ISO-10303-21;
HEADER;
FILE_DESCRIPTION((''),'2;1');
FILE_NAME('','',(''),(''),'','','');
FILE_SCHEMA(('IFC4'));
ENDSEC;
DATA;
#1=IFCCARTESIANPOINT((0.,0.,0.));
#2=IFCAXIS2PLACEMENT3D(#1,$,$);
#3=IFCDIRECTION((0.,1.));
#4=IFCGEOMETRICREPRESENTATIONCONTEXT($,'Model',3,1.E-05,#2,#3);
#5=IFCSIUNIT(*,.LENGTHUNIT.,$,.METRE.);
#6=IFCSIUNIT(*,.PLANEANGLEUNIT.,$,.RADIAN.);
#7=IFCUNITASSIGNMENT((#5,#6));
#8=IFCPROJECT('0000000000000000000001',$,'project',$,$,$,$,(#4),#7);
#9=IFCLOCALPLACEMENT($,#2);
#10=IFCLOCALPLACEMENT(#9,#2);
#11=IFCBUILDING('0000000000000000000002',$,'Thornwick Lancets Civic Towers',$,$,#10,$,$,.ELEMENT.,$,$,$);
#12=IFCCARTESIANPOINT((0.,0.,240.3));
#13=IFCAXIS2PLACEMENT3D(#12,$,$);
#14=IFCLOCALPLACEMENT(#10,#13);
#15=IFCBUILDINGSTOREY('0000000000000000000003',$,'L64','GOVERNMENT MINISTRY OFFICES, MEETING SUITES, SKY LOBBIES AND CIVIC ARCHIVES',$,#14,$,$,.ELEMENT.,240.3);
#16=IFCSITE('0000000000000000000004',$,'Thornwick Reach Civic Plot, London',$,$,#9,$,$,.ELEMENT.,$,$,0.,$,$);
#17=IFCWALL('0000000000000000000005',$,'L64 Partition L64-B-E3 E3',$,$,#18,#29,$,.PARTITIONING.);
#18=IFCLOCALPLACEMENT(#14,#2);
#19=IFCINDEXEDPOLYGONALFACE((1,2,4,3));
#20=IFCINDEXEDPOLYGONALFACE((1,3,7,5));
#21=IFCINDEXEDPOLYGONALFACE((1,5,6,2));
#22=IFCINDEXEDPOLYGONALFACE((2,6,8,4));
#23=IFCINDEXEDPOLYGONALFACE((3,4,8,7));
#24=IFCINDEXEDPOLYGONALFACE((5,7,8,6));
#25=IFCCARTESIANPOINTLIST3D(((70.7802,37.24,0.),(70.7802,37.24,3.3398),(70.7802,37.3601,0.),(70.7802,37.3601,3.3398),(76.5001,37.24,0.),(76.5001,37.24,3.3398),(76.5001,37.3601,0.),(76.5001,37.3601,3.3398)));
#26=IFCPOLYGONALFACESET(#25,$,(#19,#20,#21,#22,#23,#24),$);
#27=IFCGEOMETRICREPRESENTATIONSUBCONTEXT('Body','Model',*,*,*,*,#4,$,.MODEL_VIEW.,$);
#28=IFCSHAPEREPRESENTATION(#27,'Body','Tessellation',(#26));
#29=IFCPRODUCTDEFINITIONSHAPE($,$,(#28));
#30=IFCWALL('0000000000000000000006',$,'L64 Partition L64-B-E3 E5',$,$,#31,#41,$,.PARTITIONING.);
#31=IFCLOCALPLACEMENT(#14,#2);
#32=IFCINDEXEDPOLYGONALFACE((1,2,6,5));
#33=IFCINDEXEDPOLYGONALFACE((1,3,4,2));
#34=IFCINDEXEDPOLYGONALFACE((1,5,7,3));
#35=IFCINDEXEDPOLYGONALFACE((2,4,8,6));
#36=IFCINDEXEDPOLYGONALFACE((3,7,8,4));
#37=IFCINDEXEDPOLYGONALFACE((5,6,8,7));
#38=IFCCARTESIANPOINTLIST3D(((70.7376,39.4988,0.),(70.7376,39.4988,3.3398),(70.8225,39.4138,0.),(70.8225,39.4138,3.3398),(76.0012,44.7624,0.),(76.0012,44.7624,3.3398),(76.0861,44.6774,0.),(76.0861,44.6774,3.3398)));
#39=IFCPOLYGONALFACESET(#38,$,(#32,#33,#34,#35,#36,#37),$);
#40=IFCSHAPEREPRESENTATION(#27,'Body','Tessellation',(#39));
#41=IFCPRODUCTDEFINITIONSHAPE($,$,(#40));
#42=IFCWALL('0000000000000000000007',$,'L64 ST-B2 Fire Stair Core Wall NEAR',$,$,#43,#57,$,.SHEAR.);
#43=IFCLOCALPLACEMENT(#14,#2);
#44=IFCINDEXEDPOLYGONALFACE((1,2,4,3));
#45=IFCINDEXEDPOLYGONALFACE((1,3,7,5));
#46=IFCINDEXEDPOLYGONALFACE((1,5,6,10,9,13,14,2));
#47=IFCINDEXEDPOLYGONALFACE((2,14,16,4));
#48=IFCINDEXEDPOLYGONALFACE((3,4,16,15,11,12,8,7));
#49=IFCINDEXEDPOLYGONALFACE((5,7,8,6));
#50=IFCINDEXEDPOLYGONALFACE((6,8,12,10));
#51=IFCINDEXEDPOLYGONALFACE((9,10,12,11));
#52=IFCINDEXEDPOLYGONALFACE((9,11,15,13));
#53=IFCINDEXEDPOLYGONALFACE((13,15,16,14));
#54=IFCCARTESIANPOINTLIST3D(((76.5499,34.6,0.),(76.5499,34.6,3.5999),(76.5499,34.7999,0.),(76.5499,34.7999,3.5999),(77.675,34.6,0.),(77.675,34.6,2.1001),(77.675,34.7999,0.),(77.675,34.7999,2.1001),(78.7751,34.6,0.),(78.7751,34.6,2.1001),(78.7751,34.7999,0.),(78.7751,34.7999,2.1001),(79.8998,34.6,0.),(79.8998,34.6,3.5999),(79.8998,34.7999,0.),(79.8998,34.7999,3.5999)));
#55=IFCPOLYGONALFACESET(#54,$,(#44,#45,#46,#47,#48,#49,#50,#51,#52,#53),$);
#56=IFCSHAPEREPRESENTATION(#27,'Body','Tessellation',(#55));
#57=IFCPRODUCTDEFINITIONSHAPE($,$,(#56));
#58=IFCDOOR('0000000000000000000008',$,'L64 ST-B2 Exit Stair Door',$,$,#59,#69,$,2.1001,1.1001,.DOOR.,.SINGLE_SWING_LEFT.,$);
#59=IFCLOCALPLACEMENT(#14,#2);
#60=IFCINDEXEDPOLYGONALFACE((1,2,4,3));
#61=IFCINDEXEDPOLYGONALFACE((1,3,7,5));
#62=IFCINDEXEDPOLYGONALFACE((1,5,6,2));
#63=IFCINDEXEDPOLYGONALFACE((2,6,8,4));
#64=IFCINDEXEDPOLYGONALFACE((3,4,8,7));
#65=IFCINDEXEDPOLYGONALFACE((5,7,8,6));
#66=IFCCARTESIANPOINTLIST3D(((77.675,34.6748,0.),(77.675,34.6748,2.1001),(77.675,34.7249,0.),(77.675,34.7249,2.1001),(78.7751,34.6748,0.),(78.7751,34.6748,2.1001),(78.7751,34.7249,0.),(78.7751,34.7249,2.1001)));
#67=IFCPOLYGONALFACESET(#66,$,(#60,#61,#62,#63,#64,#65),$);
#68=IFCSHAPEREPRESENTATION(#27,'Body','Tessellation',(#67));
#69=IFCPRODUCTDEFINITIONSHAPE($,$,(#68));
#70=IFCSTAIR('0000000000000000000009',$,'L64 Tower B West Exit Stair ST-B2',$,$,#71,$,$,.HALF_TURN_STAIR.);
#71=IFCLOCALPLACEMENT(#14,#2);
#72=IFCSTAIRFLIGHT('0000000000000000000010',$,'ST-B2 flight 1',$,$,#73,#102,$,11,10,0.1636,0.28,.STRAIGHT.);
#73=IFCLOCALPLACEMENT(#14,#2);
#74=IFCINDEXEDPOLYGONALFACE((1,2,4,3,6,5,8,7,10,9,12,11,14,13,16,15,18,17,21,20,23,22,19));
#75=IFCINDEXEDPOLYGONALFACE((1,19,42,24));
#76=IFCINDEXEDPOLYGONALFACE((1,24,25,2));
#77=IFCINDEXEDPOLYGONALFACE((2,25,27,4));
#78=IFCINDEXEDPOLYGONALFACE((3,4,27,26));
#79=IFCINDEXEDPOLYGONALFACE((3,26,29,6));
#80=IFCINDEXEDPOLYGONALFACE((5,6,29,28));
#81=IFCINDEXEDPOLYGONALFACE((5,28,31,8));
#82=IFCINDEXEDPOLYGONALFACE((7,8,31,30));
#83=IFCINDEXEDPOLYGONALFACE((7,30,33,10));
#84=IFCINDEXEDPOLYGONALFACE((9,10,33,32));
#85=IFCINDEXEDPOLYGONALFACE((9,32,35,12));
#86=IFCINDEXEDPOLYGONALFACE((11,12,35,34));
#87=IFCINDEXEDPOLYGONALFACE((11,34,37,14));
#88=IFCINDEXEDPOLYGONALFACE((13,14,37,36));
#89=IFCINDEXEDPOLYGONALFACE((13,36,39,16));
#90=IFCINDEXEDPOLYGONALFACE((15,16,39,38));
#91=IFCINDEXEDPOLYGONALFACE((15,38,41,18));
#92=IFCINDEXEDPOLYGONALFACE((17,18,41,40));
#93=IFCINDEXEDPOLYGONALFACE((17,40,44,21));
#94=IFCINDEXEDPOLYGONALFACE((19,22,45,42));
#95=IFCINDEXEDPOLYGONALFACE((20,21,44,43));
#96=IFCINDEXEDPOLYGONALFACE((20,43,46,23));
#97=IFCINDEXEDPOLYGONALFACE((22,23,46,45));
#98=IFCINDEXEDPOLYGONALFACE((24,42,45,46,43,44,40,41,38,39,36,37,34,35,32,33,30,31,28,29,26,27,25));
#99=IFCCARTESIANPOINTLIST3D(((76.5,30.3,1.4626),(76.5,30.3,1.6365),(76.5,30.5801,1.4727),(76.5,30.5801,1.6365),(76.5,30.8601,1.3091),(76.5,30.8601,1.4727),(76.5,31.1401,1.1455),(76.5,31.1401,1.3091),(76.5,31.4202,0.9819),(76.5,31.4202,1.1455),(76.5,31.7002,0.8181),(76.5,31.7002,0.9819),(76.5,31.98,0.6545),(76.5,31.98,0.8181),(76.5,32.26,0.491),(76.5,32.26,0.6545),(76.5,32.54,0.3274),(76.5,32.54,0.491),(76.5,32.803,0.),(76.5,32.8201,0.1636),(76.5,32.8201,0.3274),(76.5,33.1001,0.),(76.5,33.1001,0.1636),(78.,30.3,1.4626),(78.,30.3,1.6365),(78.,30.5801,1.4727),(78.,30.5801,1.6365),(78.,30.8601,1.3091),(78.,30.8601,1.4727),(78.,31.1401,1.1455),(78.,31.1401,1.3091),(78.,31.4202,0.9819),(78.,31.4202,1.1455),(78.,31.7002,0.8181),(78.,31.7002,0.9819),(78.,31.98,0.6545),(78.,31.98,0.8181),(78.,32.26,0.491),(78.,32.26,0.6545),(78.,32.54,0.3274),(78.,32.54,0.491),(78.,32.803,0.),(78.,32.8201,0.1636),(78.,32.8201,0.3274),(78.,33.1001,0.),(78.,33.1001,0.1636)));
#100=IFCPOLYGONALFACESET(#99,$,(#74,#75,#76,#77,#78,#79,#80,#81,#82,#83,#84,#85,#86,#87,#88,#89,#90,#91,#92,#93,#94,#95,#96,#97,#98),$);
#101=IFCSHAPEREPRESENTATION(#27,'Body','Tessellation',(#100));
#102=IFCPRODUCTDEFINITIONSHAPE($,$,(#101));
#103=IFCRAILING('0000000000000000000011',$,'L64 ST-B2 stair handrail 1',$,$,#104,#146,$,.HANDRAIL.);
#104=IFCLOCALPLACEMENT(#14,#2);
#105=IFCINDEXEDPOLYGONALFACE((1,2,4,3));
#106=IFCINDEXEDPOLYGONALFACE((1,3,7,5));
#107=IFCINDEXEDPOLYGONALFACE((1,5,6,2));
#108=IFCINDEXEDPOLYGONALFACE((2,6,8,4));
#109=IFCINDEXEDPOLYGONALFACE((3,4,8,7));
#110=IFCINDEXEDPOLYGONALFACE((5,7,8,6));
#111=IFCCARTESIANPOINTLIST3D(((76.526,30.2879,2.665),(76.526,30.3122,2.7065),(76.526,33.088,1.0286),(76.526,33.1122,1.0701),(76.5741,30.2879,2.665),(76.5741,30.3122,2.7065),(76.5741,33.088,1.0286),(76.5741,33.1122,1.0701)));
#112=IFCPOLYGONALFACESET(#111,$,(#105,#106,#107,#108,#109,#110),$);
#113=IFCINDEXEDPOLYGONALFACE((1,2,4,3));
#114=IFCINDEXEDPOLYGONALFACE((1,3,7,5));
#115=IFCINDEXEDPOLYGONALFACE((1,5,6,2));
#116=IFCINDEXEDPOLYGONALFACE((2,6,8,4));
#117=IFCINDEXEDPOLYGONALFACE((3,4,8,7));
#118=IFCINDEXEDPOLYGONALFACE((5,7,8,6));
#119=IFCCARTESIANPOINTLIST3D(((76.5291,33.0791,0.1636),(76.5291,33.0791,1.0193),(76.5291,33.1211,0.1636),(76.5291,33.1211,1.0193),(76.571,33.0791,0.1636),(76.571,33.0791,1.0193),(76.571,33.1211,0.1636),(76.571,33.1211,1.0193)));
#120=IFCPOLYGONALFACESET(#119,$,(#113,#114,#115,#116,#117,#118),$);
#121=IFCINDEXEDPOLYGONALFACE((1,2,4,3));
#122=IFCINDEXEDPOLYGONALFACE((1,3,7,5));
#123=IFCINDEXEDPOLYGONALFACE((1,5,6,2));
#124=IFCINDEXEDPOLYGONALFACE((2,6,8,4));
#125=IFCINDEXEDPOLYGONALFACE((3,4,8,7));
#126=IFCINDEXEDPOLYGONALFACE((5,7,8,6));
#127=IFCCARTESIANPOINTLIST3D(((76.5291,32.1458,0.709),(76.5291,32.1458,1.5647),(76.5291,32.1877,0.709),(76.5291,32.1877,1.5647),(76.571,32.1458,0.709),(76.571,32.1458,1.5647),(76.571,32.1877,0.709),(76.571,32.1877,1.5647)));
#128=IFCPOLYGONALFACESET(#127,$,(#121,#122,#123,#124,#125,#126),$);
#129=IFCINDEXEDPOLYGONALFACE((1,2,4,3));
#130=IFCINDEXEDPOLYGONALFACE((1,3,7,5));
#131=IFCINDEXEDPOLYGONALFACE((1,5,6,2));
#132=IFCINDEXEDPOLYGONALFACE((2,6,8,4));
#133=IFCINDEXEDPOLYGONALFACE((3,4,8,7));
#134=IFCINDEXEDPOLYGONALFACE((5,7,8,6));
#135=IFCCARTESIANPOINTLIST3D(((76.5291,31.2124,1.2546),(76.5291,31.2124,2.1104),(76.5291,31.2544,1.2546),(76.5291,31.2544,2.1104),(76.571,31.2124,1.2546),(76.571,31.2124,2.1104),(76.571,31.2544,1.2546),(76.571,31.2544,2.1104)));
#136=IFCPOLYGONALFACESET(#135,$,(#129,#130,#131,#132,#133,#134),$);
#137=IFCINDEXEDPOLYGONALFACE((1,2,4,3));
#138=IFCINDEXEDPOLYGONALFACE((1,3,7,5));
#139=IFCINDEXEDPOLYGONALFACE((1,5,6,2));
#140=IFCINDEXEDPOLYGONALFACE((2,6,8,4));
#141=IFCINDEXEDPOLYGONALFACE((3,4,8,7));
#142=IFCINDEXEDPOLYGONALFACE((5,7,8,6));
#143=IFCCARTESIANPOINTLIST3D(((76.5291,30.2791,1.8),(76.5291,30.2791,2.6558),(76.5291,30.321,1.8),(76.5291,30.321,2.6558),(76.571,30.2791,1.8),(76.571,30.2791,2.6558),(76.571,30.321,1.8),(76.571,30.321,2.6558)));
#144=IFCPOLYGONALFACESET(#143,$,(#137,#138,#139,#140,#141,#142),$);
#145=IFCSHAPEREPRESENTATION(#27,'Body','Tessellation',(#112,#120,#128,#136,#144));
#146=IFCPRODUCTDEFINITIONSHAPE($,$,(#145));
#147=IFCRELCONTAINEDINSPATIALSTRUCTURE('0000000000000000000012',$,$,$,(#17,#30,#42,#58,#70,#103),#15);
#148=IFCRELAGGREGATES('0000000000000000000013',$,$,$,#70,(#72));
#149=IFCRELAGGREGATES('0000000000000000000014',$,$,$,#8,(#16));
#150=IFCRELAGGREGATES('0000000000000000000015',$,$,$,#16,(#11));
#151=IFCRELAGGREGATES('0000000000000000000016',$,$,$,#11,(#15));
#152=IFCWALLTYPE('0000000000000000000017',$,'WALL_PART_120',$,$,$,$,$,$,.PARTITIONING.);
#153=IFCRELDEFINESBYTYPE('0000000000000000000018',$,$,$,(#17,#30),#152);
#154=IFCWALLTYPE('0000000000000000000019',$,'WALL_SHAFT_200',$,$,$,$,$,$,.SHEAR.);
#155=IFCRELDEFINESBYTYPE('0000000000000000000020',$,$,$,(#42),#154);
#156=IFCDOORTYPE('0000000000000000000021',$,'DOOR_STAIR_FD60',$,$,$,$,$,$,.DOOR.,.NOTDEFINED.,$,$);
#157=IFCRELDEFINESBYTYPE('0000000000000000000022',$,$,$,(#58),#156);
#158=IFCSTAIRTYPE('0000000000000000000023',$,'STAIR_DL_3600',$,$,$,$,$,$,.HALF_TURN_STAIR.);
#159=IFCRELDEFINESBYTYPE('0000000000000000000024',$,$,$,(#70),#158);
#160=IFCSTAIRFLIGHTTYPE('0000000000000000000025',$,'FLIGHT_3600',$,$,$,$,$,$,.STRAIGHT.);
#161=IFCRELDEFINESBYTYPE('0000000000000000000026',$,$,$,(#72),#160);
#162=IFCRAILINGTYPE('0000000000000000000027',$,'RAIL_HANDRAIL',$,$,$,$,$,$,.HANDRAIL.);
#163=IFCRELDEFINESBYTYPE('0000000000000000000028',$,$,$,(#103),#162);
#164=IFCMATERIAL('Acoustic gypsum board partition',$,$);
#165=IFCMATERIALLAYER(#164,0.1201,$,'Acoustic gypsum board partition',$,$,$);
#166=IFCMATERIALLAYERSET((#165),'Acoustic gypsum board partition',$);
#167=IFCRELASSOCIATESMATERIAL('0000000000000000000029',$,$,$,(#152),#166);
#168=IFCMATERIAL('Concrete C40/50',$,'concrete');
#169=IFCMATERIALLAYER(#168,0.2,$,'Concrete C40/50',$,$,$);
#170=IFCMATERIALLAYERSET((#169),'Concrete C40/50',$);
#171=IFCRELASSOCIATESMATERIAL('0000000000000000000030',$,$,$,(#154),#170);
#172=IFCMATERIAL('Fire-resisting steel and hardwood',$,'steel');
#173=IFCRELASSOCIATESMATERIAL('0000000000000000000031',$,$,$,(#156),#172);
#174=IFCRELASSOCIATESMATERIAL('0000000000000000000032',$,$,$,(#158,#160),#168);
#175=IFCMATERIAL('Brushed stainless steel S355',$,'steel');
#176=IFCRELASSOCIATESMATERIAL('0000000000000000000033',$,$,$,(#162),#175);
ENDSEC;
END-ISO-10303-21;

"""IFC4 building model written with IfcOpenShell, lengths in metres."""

from ifc_helpers import new_model, si_unit, direction, frame, frame_2d, origin, origin_2d, place, context, subcontext, project, spatial, polyline, rectangle, outline, extrude, material, layer, layer_set, type_object, element, fill, aggregate, save


model = new_model("IFC4")

# Units and contexts
model_context = context("Model", 3, precision=1e-05, world=origin(), true_north=direction((0.0, 1.0)))
body_context = subcontext(model_context, "Body", "Model", "MODEL_VIEW")
ifc_project = project(units=[si_unit("LENGTHUNIT", "METRE"), si_unit("PLANEANGLEUNIT", "RADIAN")], contexts=[model_context])

# Site, building, storey
site_placement = place(None, origin())
site = spatial("IfcSite", under=ifc_project, at=site_placement, Name="Thornwick Reach Civic Plot, London", CompositionType="ELEMENT", RefElevation=0.0)
building_placement = place(site_placement, origin())
building = spatial("IfcBuilding", under=site, at=building_placement, Name="Thornwick Lancets Civic Towers", CompositionType="ELEMENT")
storey_placement = place(building_placement, frame((0.0, 0.0, 240.3)))
storey = spatial("IfcBuildingStorey", under=building, at=storey_placement, Name="L64", Description="GOVERNMENT MINISTRY OFFICES, MEETING SUITES, SKY LOBBIES AND CIVIC ARCHIVES", CompositionType="ELEMENT", Elevation=240.3)

# Shared definitions
ifc_material_1 = material(Name="Concrete C40/50", Category="concrete")

# Walls
ifc_material_2 = material(Name="Acoustic gypsum board partition")
ifc_layer_1 = layer(ifc_material_2, 0.1201, Name="Acoustic gypsum board partition")
ifc_layer_set_1 = layer_set([ifc_layer_1], Name="Acoustic gypsum board partition")
wall_type_1 = type_object("IfcWallType", Name="WALL_PART_120", PredefinedType="PARTITIONING", material=ifc_layer_set_1)
wall_1_placement = place(storey_placement, frame((76.5, 37.3, 0.0), z_axis=(0.0, 0.0, 1.0), x_axis=(-1.0, 0.0, 0.0)))
element("IfcWall", 1, at=wall_1_placement, inside=storey, type_object=wall_type_1, Name="L64 Partition L64-B-E3 E3", PredefinedType="PARTITIONING", context=body_context, shape_type="SweptSolid", body=[
    extrude(rectangle(XDim=5.72, YDim=0.1201, at=frame_2d((2.8599, 0.0))), origin(), (0.0, 0.0, 1.0), 3.3398),
])
wall_2_placement = place(storey_placement, frame((70.78, 39.4563, 0.0), z_axis=(0.0, 0.0, 1.0), x_axis=(0.707107, 0.707107, 0.0)))
element("IfcWall", 2, at=wall_2_placement, inside=storey, type_object=wall_type_1, Name="L64 Partition L64-B-E3 E5", PredefinedType="PARTITIONING", context=body_context, shape_type="SweptSolid", body=[
    extrude(rectangle(XDim=7.4438, YDim=0.1201, at=frame_2d((3.7219, 0.0))), origin(), (0.0, 0.0, 1.0), 3.3398),
])

# Wall, opening, door
ifc_layer_2 = layer(ifc_material_1, 0.2, Name="Concrete C40/50")
ifc_layer_set_2 = layer_set([ifc_layer_2], Name="Concrete C40/50")
wall_type_2 = type_object("IfcWallType", Name="WALL_SHAFT_200", PredefinedType="SHEAR", material=ifc_layer_set_2)
wall_3_placement = place(storey_placement, frame((76.55, 34.7, 0.0), z_axis=(0.0, 0.0, 1.0), x_axis=(1.0, 0.0, 0.0)))
wall_3 = element("IfcWall", 3, at=wall_3_placement, inside=storey, type_object=wall_type_2, Name="L64 ST-B2 Fire Stair Core Wall NEAR", PredefinedType="SHEAR", context=body_context, shape_type="SweptSolid", body=[
    extrude(rectangle(XDim=3.3499, YDim=0.2, at=frame_2d((1.6748, 0.0))), origin(), (0.0, 0.0, 1.0), 3.5999),
])
opening_1_placement = place(wall_3_placement, frame((1.125, 0.0, 0.0)))
opening_1 = element("IfcOpeningElement", 4, at=opening_1_placement, cuts=wall_3, PredefinedType="OPENING", context=body_context, shape_type="SweptSolid", body=[
    extrude(rectangle(XDim=1.1001, YDim=2.1001, at=frame_2d((0.55, 1.05))), frame((0.0, 0.1099, 0.0), z_axis=(0.0, -1.0, 0.0), x_axis=(1.0, 0.0, 0.0)), (0.0, 0.0, 1.0), 0.22),
])
ifc_material_3 = material(Name="Fire-resisting steel and hardwood", Category="steel")
door_type = type_object("IfcDoorType", Name="DOOR_STAIR_FD60", OperationType="NOTDEFINED", PredefinedType="DOOR", material=ifc_material_3)
door_placement = place(opening_1_placement, origin())
door = element("IfcDoor", 5, at=door_placement, inside=storey, type_object=door_type, Name="L64 ST-B2 Exit Stair Door", OperationType="SINGLE_SWING_LEFT", OverallHeight=2.1001, OverallWidth=1.1001, PredefinedType="DOOR", context=body_context, shape_type="SweptSolid", body=[
    extrude(rectangle(XDim=1.1001, YDim=2.1001, at=frame_2d((0.55, 1.05))), frame((0.0, 0.0249, 0.0), z_axis=(0.0, -1.0, 0.0), x_axis=(1.0, 0.0, 0.0)), (0.0, 0.0, 1.0), 0.05),
])
fill(opening_1, door)

# Stair, stair flight
stair_type = type_object("IfcStairType", Name="STAIR_DL_3600", PredefinedType="HALF_TURN_STAIR", material=ifc_material_1)
stair_placement = place(storey_placement, origin())
stair = element("IfcStair", 6, at=stair_placement, inside=storey, type_object=stair_type, Name="L64 Tower B West Exit Stair ST-B2", PredefinedType="HALF_TURN_STAIR")
stair_flight_type = type_object("IfcStairFlightType", Name="FLIGHT_3600", PredefinedType="STRAIGHT", material=ifc_material_1)
stair_flight_placement = place(storey_placement, frame((77.25, 33.1001, 0.0), z_axis=(0.0, 0.0, 1.0), x_axis=(0.0, -1.0, 0.0)))
stair_flight = element("IfcStairFlight", 7, at=stair_flight_placement, type_object=stair_flight_type, Name="ST-B2 flight 1", NumberOfRisers=11, NumberOfTreads=10, PredefinedType="STRAIGHT", RiserHeight=0.1636, TreadLength=0.28, context=body_context, shape_type="SweptSolid", body=[
    extrude(outline(polyline([(0.0, 0.0), (0.0, 0.1636), (0.28, 0.1636), (0.28, 0.3274), (0.5601, 0.3274), (0.5601, 0.491), (0.8401, 0.491), (0.8401, 0.6545), (1.1201, 0.6545), (1.1201, 0.8181), (1.3999, 0.8181), (1.3999, 0.9819), (1.6799, 0.9819), (1.6799, 1.1455), (1.96, 1.1455), (1.96, 1.3091), (2.24, 1.3091), (2.24, 1.4727), (2.52, 1.4727), (2.52, 1.6365), (2.8, 1.6365), (2.8, 1.8), (2.8, 1.4626), (0.2971, 0.0), (0.0, 0.0)])), frame((0.0, 0.75, 0.0), z_axis=(0.0, -1.0, 0.0), x_axis=(1.0, 0.0, 0.0)), (0.0, 0.0, 1.0), 1.5),
])
aggregate(stair, [stair_flight])

# Railing
ifc_material_4 = material(Name="Brushed stainless steel S355", Category="steel")
railing_type_1 = type_object("IfcRailingType", Name="RAIL_HANDRAIL", PredefinedType="HANDRAIL", material=ifc_material_4)
railing_1_placement = place(storey_placement, frame((76.55, 33.1001, 0.1636)))
element("IfcRailing", 8, at=railing_1_placement, inside=storey, type_object=railing_type_1, Name="L64 ST-B2 stair handrail 1", PredefinedType="HANDRAIL", context=body_context, shape_type="SweptSolid", body=[
    extrude(rectangle(XDim=0.0481, YDim=0.0481, at=origin_2d()), frame((0.0, 0.0, 0.8857), z_axis=(0.0, -0.863361, 0.504587), x_axis=(1.0, 0.0, 0.0)), (0.0, 0.0, 1.0), 3.2432),
    extrude(rectangle(XDim=0.042, YDim=0.042, at=origin_2d()), origin(), (0.0, 0.0, 1.0), 0.8557),
    extrude(rectangle(XDim=0.042, YDim=0.042, at=origin_2d()), frame((0.0, -0.9333, 0.5454)), (0.0, 0.0, 1.0), 0.8557),
    extrude(rectangle(XDim=0.042, YDim=0.042, at=origin_2d()), frame((0.0, -1.8667, 1.0911)), (0.0, 0.0, 1.0), 0.8557),
    extrude(rectangle(XDim=0.042, YDim=0.042, at=origin_2d()), frame((0.0, -2.8, 1.6365)), (0.0, 0.0, 1.0), 0.8557),
])

save(model, "model.ifc")
